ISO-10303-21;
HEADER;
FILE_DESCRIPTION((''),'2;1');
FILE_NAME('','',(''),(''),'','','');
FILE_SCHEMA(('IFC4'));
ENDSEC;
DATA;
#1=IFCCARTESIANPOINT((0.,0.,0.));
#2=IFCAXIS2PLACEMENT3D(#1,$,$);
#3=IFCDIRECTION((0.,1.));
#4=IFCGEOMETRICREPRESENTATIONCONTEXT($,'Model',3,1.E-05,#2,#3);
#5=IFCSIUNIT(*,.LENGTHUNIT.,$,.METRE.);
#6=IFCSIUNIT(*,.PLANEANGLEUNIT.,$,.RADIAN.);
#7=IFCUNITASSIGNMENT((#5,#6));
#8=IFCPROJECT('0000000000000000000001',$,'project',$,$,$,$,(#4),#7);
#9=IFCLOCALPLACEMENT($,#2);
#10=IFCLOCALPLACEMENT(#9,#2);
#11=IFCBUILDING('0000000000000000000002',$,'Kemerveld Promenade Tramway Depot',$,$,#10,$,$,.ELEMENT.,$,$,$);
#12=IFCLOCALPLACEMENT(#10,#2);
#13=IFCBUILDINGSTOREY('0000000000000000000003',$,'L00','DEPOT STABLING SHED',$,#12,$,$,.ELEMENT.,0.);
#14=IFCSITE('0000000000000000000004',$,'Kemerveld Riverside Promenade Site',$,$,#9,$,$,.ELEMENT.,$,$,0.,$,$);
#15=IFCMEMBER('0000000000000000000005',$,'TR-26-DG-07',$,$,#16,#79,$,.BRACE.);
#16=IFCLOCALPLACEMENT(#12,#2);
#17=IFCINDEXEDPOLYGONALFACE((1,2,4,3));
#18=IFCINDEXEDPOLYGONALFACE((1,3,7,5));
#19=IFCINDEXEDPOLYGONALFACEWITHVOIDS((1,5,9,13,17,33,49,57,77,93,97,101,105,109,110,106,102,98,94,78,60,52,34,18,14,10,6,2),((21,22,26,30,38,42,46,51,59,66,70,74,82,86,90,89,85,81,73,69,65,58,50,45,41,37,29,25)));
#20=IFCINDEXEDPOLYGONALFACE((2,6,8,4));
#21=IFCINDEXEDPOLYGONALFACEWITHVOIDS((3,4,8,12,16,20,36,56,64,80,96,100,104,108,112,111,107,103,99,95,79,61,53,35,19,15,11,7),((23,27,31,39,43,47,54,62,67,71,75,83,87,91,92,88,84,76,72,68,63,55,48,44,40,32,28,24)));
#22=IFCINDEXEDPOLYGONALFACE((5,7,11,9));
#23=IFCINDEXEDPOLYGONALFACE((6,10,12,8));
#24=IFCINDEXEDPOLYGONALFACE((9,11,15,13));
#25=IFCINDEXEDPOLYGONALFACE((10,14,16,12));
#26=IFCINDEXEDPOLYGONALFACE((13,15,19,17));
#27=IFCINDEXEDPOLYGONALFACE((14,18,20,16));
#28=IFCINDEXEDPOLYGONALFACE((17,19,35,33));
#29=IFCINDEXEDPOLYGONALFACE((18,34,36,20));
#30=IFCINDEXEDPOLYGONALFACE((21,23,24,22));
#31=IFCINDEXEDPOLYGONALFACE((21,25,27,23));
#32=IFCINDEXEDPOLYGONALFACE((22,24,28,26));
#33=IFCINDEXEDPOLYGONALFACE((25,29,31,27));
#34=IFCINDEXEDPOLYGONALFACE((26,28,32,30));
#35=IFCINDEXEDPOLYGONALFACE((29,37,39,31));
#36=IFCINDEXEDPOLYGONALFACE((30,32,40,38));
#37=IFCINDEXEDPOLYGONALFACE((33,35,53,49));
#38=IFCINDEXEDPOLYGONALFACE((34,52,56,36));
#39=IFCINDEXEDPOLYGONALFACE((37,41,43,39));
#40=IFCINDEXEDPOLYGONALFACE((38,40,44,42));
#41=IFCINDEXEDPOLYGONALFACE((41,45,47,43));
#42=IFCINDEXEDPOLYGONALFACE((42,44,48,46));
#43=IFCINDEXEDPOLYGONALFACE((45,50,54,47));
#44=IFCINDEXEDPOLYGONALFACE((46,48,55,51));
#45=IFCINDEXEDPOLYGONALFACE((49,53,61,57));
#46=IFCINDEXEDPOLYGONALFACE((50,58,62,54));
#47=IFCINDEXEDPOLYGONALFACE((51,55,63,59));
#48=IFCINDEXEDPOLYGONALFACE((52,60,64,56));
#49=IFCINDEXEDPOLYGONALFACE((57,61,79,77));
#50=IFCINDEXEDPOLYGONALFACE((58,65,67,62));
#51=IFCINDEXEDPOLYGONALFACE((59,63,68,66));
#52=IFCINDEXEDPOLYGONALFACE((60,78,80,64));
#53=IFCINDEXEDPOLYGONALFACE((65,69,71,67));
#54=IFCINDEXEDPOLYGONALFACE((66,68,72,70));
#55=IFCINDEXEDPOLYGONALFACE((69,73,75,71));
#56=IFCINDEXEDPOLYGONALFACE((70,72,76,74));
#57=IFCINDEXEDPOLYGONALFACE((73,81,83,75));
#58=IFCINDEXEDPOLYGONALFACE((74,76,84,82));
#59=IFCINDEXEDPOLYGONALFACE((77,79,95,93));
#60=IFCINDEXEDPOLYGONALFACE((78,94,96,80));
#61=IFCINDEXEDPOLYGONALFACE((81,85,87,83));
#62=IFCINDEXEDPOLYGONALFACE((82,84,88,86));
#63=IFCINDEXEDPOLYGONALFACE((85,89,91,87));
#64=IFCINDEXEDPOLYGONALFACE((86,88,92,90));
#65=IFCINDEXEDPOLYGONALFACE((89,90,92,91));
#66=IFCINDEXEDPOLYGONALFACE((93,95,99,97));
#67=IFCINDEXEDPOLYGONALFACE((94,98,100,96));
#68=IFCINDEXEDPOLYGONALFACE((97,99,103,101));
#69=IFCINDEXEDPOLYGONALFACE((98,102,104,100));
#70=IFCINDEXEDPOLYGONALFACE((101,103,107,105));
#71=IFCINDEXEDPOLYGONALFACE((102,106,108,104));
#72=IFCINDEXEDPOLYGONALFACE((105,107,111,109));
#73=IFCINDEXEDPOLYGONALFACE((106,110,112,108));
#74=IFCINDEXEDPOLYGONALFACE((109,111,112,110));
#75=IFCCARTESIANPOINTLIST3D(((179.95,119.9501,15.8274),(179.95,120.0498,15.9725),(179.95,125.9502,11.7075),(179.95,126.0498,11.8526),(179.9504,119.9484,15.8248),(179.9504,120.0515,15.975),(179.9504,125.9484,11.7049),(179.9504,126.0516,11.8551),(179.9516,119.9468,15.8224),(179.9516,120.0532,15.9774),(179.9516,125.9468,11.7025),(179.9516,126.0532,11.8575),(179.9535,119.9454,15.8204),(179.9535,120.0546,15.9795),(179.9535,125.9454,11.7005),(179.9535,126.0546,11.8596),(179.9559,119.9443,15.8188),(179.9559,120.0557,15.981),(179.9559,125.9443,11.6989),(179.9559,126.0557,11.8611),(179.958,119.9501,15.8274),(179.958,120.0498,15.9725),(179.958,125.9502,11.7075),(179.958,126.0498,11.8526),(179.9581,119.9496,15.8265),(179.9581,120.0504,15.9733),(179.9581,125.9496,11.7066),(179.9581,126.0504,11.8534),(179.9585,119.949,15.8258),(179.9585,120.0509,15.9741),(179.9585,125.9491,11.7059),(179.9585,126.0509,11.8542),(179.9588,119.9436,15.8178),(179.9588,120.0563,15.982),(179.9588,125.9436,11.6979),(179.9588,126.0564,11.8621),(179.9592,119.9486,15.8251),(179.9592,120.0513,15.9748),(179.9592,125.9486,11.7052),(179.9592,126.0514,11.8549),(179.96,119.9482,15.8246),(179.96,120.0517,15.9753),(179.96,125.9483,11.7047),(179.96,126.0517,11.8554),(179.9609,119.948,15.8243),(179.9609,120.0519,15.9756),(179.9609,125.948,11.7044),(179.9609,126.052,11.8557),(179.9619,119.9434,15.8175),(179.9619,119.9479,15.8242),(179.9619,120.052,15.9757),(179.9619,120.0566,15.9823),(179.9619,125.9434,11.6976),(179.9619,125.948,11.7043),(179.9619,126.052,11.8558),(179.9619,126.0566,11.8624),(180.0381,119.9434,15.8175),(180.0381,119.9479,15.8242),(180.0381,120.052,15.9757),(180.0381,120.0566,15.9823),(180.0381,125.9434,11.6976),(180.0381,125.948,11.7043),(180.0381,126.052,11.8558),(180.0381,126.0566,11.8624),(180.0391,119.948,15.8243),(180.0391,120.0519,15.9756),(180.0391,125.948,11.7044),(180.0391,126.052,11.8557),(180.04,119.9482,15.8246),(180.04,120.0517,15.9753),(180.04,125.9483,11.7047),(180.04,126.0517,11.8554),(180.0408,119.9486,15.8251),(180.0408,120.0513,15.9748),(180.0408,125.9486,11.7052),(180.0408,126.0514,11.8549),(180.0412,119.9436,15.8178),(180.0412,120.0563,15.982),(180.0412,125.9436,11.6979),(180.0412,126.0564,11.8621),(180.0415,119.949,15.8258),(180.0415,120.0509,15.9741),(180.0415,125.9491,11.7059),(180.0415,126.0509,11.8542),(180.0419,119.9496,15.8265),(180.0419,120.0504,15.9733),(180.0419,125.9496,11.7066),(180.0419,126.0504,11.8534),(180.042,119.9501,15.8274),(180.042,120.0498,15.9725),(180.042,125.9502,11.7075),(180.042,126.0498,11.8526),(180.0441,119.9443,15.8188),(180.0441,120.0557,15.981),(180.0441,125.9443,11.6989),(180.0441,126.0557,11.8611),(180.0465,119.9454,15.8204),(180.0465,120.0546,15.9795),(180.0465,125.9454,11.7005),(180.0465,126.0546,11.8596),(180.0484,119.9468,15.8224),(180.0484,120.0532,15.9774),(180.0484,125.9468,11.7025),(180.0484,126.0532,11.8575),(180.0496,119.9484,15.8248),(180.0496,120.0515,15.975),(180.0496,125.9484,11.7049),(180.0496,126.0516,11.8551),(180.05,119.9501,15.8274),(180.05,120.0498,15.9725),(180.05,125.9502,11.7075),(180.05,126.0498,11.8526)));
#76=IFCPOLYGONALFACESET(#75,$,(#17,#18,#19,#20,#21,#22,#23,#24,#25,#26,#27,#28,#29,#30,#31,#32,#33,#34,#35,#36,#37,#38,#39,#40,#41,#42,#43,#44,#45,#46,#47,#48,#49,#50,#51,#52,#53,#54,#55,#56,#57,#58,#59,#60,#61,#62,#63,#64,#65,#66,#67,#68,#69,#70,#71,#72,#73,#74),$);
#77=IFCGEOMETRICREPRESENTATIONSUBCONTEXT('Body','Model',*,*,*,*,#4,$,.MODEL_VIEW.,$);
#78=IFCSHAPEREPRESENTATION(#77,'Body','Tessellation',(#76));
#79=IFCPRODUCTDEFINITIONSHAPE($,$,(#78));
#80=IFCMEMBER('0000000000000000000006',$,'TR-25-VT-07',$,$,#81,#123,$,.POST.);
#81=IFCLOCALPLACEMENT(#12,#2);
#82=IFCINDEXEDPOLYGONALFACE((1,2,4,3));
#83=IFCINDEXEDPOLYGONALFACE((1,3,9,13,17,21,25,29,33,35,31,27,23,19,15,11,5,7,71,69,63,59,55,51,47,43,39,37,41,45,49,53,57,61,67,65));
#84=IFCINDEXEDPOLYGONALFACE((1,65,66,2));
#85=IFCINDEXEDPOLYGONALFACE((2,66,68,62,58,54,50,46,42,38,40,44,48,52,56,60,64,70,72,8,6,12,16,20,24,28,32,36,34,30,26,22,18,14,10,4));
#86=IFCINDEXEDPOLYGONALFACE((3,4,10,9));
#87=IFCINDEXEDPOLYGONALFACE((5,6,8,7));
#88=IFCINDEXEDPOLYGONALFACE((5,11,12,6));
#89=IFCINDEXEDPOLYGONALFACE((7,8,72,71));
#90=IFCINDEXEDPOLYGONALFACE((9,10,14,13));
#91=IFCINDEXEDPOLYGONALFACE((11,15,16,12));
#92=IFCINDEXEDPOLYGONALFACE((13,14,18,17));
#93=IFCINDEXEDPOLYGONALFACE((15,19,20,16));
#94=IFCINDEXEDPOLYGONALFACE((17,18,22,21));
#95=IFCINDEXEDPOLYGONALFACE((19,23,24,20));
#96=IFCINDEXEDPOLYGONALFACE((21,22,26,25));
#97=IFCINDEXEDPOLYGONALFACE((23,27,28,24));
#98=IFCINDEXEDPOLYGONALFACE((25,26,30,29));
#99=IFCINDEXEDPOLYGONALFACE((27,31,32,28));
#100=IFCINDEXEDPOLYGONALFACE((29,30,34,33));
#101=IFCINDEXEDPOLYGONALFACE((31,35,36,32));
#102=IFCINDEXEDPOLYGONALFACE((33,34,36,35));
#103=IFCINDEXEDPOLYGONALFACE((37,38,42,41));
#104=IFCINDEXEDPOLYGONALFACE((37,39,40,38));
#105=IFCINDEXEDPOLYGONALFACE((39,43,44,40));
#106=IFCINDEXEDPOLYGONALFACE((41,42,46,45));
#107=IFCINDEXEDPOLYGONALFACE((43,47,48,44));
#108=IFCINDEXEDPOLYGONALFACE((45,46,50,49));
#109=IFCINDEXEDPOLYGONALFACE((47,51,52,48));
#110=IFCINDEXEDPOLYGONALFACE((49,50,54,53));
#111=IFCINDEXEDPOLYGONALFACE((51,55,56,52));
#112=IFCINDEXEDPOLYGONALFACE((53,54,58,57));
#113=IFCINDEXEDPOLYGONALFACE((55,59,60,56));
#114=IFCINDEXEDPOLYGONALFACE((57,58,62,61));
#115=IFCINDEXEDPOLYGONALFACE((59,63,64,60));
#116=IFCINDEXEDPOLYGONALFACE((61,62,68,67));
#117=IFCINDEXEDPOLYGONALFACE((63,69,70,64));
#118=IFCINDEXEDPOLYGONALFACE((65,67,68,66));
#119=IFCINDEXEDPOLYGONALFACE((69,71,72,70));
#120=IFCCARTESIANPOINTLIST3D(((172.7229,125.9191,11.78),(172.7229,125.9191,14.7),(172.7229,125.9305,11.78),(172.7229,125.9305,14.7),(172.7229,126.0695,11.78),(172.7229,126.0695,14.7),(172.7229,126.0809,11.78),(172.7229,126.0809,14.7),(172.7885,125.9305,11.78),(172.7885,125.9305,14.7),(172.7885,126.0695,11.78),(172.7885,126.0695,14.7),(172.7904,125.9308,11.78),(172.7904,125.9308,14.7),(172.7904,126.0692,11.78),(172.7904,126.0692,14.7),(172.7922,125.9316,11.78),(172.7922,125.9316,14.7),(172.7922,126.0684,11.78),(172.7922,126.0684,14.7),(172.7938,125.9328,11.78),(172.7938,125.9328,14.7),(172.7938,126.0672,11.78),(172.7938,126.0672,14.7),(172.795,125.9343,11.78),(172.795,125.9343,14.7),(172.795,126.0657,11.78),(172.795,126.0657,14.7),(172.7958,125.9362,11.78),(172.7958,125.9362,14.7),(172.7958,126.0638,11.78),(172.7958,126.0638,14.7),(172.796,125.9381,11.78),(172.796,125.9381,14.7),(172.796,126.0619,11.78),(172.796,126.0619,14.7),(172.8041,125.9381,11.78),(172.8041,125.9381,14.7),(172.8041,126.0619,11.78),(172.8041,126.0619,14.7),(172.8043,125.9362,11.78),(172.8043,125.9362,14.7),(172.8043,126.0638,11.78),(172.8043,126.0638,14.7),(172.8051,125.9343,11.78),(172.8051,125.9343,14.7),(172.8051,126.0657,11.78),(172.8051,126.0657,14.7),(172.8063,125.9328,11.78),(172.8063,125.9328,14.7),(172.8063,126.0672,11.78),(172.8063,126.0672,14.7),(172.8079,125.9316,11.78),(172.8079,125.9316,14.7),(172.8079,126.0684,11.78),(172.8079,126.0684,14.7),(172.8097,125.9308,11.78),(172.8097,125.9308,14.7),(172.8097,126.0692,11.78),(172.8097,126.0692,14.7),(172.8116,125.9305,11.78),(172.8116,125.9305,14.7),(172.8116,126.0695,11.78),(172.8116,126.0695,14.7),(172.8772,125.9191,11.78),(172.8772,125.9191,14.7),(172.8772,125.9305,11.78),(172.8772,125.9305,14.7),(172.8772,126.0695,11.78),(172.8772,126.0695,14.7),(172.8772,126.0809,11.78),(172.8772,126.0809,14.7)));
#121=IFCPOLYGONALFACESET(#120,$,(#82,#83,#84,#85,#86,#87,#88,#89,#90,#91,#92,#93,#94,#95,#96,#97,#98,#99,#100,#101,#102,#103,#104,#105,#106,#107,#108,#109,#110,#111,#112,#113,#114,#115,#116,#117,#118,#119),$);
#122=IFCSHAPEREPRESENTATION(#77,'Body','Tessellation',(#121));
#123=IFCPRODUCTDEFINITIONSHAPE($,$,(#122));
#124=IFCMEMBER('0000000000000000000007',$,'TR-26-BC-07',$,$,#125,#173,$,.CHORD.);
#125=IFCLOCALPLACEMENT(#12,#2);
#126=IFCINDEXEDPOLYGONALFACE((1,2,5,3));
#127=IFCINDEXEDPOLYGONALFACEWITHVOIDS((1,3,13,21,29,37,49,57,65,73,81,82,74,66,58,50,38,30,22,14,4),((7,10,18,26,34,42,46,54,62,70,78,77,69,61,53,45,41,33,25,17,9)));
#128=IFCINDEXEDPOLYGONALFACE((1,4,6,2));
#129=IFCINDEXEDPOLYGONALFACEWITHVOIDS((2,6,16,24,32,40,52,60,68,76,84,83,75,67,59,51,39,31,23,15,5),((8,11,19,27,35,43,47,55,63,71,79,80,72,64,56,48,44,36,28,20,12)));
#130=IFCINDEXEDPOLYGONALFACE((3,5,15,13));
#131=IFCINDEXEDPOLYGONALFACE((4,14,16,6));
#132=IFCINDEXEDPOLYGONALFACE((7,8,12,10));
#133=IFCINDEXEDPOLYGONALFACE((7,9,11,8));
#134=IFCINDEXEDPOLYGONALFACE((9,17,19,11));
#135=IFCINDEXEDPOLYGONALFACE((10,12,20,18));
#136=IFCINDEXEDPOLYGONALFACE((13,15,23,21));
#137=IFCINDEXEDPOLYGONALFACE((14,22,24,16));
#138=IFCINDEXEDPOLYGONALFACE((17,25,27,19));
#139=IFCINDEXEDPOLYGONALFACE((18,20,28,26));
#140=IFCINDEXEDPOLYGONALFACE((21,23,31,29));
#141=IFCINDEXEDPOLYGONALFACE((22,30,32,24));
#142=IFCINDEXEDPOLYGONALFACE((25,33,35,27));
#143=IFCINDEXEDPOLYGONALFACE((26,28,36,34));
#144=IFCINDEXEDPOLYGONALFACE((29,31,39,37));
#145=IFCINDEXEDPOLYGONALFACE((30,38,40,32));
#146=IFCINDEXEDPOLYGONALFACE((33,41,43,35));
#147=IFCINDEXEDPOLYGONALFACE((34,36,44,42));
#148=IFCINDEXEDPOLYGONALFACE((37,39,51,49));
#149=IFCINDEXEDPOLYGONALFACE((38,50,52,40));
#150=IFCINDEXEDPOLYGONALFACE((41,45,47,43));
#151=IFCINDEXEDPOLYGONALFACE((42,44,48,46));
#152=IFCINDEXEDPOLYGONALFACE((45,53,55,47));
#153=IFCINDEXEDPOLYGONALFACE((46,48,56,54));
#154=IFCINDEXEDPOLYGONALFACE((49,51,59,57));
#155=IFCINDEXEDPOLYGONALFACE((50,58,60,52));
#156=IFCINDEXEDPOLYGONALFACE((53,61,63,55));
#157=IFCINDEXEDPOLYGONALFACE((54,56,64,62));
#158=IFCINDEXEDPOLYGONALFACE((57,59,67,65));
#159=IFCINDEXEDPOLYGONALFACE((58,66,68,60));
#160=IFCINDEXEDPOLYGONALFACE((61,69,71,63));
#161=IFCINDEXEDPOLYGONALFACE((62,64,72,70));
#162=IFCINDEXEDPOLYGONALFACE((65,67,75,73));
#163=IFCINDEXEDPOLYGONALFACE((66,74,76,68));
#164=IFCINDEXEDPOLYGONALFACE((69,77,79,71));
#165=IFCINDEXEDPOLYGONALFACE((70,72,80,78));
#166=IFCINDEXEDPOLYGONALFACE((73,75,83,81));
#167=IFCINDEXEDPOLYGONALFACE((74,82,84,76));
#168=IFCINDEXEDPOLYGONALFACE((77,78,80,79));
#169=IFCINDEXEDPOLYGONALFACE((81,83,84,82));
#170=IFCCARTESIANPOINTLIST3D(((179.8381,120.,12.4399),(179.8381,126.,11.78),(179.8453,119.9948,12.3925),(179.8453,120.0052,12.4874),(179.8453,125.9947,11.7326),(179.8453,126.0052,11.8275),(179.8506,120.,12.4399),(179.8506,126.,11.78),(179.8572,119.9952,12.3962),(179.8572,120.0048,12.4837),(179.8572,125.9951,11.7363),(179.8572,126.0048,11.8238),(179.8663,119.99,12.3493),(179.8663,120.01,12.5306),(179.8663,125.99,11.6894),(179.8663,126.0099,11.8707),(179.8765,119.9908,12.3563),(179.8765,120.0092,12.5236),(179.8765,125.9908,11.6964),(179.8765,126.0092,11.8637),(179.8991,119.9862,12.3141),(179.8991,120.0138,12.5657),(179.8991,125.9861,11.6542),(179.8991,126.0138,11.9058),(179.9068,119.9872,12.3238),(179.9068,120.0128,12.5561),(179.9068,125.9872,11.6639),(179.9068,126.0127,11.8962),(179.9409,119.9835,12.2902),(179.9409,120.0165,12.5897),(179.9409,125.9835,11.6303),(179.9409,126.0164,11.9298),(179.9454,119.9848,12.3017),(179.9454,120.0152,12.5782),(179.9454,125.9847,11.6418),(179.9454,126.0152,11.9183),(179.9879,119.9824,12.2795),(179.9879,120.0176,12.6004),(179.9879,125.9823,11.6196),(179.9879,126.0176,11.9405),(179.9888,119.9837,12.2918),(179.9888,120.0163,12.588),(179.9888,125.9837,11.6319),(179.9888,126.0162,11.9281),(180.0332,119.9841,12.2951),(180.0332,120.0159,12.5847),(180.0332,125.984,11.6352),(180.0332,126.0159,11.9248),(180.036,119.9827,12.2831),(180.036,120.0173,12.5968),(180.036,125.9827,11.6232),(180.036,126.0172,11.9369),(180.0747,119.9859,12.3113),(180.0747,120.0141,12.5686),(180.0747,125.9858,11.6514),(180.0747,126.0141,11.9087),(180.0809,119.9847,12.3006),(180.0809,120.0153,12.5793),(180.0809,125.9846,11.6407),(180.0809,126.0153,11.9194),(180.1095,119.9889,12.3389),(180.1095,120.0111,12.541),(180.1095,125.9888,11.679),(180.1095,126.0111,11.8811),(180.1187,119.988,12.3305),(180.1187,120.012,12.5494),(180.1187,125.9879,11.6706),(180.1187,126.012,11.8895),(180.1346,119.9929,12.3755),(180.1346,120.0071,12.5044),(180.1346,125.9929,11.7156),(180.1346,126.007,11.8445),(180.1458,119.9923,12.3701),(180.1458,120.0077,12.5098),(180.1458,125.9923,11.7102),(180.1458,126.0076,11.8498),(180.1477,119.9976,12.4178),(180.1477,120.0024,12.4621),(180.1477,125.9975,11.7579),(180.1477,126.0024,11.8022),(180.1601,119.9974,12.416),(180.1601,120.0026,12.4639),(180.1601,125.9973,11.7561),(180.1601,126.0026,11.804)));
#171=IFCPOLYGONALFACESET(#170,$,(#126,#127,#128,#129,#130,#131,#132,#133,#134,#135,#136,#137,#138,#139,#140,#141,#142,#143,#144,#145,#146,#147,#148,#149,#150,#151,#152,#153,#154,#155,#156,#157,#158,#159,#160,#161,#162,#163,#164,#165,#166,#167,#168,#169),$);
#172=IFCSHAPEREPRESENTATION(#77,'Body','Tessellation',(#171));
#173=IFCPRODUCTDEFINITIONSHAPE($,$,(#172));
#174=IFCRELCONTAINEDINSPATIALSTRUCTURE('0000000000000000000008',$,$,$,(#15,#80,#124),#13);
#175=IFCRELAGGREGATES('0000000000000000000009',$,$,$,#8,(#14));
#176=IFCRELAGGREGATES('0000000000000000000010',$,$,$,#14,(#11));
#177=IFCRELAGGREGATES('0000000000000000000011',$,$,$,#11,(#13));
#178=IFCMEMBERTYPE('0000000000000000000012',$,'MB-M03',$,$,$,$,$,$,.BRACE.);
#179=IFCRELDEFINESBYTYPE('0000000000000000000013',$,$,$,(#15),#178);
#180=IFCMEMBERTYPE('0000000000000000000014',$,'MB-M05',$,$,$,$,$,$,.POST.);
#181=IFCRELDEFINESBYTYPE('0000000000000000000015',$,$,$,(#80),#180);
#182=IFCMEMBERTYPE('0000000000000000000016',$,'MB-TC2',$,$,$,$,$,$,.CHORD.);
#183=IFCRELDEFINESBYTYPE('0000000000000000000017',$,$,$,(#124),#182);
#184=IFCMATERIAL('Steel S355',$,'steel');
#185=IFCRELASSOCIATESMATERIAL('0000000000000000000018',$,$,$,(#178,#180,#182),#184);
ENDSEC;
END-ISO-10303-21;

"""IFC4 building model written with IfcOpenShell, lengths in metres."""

from ifc_helpers import new_model, si_unit, direction, frame, origin, origin_2d, place, context, subcontext, project, spatial, hollow_rectangle, hollow_circle, i_section, extrude, material, material_profile, profile_set, type_object, element, save


model = new_model("IFC4")

# Units and contexts
model_context = context("Model", 3, precision=1e-05, world=origin(), true_north=direction((0.0, 1.0)))
body_context = subcontext(model_context, "Body", "Model", "MODEL_VIEW")
ifc_project = project(units=[si_unit("LENGTHUNIT", "METRE"), si_unit("PLANEANGLEUNIT", "RADIAN")], contexts=[model_context])

# Site, building, storey
site_placement = place(None, origin())
site = spatial("IfcSite", under=ifc_project, at=site_placement, Name="Kemerveld Riverside Promenade Site", CompositionType="ELEMENT", RefElevation=0.0)
building_placement = place(site_placement, origin())
building = spatial("IfcBuilding", under=site, at=building_placement, Name="Kemerveld Promenade Tramway Depot", CompositionType="ELEMENT")
storey_placement = place(building_placement, origin())
storey = spatial("IfcBuildingStorey", under=building, at=storey_placement, Name="L00", Description="DEPOT STABLING SHED", CompositionType="ELEMENT", Elevation=0.0)

# Shared definitions
ifc_material_1 = material(Name="Steel S355", Category="steel")

# Members
ifc_material_profile_1 = material_profile(ifc_material_1, hollow_rectangle(XDim=0.1001, YDim=0.2, WallThickness=0.0081, InnerFilletRadius=0.0039, OuterFilletRadius=0.012, at=origin_2d()), Name="200x100x8.0 RHS")
ifc_profile_set_1 = profile_set([ifc_material_profile_1], Name="Steel S355")
member_type_1 = type_object("IfcMemberType", Name="MB-M03", PredefinedType="BRACE", material=ifc_profile_set_1)
member_1_placement = place(storey_placement, frame((180.0, 126.0, 11.78), z_axis=(0.0, -0.824371, 0.56605), x_axis=(1.0, 0.0, 0.0)))
element("IfcMember", 1, at=member_1_placement, inside=storey, type_object=member_type_1, Name="TR-26-DG-07", PredefinedType="BRACE", context=body_context, shape_type="SweptSolid", body=[
    extrude(hollow_rectangle(XDim=0.1001, YDim=0.2, WallThickness=0.0081, InnerFilletRadius=0.0039, OuterFilletRadius=0.012, at=origin_2d()), origin(), (0.0, 0.0, 1.0), 7.2783),
])
ifc_material_profile_2 = material_profile(ifc_material_1, i_section(OverallWidth=0.1543, OverallDepth=0.1619, WebThickness=0.0081, FlangeThickness=0.0115, FilletRadius=0.0076, at=origin_2d()), Name="152x152x37 UC")
ifc_profile_set_2 = profile_set([ifc_material_profile_2], Name="Steel S355")
member_type_2 = type_object("IfcMemberType", Name="MB-M05", PredefinedType="POST", material=ifc_profile_set_2)
member_2_placement = place(storey_placement, frame((172.8, 126.0, 11.78), z_axis=(0.0, 0.0, 1.0), x_axis=(1.0, 0.0, 0.0)))
element("IfcMember", 2, at=member_2_placement, inside=storey, type_object=member_type_2, Name="TR-25-VT-07", PredefinedType="POST", context=body_context, shape_type="SweptSolid", body=[
    extrude(i_section(OverallWidth=0.1543, OverallDepth=0.1619, WebThickness=0.0081, FlangeThickness=0.0115, FilletRadius=0.0076, at=origin_2d()), origin(), (0.0, 0.0, 1.0), 2.9199),
])
ifc_material_profile_3 = material_profile(ifc_material_1, hollow_circle(Radius=0.1619, WallThickness=0.0125, at=origin_2d()), Name="323.9x12.5 CHS")
ifc_profile_set_3 = profile_set([ifc_material_profile_3], Name="Steel S355")
member_type_3 = type_object("IfcMemberType", Name="MB-TC2", PredefinedType="CHORD", material=ifc_profile_set_3)
for number, where, z_axis, x_axis, name in (
    (3, (180.0, 120.0, 12.4399), (0.0, 0.994006, -0.109326), (-1.0, 0.0, 0.0), "TR-26-BC-07"),
):
    element("IfcMember", number, at=place(storey_placement, frame(where, z_axis=z_axis, x_axis=x_axis)), inside=storey, type_object=member_type_3, Name=name, PredefinedType="CHORD", context=body_context, shape_type="SweptSolid", body=[
        extrude(hollow_circle(Radius=0.1619, WallThickness=0.0125, at=origin_2d()), origin(), (0.0, 0.0, 1.0), 6.0361),
    ])

save(model, "model.ifc")
